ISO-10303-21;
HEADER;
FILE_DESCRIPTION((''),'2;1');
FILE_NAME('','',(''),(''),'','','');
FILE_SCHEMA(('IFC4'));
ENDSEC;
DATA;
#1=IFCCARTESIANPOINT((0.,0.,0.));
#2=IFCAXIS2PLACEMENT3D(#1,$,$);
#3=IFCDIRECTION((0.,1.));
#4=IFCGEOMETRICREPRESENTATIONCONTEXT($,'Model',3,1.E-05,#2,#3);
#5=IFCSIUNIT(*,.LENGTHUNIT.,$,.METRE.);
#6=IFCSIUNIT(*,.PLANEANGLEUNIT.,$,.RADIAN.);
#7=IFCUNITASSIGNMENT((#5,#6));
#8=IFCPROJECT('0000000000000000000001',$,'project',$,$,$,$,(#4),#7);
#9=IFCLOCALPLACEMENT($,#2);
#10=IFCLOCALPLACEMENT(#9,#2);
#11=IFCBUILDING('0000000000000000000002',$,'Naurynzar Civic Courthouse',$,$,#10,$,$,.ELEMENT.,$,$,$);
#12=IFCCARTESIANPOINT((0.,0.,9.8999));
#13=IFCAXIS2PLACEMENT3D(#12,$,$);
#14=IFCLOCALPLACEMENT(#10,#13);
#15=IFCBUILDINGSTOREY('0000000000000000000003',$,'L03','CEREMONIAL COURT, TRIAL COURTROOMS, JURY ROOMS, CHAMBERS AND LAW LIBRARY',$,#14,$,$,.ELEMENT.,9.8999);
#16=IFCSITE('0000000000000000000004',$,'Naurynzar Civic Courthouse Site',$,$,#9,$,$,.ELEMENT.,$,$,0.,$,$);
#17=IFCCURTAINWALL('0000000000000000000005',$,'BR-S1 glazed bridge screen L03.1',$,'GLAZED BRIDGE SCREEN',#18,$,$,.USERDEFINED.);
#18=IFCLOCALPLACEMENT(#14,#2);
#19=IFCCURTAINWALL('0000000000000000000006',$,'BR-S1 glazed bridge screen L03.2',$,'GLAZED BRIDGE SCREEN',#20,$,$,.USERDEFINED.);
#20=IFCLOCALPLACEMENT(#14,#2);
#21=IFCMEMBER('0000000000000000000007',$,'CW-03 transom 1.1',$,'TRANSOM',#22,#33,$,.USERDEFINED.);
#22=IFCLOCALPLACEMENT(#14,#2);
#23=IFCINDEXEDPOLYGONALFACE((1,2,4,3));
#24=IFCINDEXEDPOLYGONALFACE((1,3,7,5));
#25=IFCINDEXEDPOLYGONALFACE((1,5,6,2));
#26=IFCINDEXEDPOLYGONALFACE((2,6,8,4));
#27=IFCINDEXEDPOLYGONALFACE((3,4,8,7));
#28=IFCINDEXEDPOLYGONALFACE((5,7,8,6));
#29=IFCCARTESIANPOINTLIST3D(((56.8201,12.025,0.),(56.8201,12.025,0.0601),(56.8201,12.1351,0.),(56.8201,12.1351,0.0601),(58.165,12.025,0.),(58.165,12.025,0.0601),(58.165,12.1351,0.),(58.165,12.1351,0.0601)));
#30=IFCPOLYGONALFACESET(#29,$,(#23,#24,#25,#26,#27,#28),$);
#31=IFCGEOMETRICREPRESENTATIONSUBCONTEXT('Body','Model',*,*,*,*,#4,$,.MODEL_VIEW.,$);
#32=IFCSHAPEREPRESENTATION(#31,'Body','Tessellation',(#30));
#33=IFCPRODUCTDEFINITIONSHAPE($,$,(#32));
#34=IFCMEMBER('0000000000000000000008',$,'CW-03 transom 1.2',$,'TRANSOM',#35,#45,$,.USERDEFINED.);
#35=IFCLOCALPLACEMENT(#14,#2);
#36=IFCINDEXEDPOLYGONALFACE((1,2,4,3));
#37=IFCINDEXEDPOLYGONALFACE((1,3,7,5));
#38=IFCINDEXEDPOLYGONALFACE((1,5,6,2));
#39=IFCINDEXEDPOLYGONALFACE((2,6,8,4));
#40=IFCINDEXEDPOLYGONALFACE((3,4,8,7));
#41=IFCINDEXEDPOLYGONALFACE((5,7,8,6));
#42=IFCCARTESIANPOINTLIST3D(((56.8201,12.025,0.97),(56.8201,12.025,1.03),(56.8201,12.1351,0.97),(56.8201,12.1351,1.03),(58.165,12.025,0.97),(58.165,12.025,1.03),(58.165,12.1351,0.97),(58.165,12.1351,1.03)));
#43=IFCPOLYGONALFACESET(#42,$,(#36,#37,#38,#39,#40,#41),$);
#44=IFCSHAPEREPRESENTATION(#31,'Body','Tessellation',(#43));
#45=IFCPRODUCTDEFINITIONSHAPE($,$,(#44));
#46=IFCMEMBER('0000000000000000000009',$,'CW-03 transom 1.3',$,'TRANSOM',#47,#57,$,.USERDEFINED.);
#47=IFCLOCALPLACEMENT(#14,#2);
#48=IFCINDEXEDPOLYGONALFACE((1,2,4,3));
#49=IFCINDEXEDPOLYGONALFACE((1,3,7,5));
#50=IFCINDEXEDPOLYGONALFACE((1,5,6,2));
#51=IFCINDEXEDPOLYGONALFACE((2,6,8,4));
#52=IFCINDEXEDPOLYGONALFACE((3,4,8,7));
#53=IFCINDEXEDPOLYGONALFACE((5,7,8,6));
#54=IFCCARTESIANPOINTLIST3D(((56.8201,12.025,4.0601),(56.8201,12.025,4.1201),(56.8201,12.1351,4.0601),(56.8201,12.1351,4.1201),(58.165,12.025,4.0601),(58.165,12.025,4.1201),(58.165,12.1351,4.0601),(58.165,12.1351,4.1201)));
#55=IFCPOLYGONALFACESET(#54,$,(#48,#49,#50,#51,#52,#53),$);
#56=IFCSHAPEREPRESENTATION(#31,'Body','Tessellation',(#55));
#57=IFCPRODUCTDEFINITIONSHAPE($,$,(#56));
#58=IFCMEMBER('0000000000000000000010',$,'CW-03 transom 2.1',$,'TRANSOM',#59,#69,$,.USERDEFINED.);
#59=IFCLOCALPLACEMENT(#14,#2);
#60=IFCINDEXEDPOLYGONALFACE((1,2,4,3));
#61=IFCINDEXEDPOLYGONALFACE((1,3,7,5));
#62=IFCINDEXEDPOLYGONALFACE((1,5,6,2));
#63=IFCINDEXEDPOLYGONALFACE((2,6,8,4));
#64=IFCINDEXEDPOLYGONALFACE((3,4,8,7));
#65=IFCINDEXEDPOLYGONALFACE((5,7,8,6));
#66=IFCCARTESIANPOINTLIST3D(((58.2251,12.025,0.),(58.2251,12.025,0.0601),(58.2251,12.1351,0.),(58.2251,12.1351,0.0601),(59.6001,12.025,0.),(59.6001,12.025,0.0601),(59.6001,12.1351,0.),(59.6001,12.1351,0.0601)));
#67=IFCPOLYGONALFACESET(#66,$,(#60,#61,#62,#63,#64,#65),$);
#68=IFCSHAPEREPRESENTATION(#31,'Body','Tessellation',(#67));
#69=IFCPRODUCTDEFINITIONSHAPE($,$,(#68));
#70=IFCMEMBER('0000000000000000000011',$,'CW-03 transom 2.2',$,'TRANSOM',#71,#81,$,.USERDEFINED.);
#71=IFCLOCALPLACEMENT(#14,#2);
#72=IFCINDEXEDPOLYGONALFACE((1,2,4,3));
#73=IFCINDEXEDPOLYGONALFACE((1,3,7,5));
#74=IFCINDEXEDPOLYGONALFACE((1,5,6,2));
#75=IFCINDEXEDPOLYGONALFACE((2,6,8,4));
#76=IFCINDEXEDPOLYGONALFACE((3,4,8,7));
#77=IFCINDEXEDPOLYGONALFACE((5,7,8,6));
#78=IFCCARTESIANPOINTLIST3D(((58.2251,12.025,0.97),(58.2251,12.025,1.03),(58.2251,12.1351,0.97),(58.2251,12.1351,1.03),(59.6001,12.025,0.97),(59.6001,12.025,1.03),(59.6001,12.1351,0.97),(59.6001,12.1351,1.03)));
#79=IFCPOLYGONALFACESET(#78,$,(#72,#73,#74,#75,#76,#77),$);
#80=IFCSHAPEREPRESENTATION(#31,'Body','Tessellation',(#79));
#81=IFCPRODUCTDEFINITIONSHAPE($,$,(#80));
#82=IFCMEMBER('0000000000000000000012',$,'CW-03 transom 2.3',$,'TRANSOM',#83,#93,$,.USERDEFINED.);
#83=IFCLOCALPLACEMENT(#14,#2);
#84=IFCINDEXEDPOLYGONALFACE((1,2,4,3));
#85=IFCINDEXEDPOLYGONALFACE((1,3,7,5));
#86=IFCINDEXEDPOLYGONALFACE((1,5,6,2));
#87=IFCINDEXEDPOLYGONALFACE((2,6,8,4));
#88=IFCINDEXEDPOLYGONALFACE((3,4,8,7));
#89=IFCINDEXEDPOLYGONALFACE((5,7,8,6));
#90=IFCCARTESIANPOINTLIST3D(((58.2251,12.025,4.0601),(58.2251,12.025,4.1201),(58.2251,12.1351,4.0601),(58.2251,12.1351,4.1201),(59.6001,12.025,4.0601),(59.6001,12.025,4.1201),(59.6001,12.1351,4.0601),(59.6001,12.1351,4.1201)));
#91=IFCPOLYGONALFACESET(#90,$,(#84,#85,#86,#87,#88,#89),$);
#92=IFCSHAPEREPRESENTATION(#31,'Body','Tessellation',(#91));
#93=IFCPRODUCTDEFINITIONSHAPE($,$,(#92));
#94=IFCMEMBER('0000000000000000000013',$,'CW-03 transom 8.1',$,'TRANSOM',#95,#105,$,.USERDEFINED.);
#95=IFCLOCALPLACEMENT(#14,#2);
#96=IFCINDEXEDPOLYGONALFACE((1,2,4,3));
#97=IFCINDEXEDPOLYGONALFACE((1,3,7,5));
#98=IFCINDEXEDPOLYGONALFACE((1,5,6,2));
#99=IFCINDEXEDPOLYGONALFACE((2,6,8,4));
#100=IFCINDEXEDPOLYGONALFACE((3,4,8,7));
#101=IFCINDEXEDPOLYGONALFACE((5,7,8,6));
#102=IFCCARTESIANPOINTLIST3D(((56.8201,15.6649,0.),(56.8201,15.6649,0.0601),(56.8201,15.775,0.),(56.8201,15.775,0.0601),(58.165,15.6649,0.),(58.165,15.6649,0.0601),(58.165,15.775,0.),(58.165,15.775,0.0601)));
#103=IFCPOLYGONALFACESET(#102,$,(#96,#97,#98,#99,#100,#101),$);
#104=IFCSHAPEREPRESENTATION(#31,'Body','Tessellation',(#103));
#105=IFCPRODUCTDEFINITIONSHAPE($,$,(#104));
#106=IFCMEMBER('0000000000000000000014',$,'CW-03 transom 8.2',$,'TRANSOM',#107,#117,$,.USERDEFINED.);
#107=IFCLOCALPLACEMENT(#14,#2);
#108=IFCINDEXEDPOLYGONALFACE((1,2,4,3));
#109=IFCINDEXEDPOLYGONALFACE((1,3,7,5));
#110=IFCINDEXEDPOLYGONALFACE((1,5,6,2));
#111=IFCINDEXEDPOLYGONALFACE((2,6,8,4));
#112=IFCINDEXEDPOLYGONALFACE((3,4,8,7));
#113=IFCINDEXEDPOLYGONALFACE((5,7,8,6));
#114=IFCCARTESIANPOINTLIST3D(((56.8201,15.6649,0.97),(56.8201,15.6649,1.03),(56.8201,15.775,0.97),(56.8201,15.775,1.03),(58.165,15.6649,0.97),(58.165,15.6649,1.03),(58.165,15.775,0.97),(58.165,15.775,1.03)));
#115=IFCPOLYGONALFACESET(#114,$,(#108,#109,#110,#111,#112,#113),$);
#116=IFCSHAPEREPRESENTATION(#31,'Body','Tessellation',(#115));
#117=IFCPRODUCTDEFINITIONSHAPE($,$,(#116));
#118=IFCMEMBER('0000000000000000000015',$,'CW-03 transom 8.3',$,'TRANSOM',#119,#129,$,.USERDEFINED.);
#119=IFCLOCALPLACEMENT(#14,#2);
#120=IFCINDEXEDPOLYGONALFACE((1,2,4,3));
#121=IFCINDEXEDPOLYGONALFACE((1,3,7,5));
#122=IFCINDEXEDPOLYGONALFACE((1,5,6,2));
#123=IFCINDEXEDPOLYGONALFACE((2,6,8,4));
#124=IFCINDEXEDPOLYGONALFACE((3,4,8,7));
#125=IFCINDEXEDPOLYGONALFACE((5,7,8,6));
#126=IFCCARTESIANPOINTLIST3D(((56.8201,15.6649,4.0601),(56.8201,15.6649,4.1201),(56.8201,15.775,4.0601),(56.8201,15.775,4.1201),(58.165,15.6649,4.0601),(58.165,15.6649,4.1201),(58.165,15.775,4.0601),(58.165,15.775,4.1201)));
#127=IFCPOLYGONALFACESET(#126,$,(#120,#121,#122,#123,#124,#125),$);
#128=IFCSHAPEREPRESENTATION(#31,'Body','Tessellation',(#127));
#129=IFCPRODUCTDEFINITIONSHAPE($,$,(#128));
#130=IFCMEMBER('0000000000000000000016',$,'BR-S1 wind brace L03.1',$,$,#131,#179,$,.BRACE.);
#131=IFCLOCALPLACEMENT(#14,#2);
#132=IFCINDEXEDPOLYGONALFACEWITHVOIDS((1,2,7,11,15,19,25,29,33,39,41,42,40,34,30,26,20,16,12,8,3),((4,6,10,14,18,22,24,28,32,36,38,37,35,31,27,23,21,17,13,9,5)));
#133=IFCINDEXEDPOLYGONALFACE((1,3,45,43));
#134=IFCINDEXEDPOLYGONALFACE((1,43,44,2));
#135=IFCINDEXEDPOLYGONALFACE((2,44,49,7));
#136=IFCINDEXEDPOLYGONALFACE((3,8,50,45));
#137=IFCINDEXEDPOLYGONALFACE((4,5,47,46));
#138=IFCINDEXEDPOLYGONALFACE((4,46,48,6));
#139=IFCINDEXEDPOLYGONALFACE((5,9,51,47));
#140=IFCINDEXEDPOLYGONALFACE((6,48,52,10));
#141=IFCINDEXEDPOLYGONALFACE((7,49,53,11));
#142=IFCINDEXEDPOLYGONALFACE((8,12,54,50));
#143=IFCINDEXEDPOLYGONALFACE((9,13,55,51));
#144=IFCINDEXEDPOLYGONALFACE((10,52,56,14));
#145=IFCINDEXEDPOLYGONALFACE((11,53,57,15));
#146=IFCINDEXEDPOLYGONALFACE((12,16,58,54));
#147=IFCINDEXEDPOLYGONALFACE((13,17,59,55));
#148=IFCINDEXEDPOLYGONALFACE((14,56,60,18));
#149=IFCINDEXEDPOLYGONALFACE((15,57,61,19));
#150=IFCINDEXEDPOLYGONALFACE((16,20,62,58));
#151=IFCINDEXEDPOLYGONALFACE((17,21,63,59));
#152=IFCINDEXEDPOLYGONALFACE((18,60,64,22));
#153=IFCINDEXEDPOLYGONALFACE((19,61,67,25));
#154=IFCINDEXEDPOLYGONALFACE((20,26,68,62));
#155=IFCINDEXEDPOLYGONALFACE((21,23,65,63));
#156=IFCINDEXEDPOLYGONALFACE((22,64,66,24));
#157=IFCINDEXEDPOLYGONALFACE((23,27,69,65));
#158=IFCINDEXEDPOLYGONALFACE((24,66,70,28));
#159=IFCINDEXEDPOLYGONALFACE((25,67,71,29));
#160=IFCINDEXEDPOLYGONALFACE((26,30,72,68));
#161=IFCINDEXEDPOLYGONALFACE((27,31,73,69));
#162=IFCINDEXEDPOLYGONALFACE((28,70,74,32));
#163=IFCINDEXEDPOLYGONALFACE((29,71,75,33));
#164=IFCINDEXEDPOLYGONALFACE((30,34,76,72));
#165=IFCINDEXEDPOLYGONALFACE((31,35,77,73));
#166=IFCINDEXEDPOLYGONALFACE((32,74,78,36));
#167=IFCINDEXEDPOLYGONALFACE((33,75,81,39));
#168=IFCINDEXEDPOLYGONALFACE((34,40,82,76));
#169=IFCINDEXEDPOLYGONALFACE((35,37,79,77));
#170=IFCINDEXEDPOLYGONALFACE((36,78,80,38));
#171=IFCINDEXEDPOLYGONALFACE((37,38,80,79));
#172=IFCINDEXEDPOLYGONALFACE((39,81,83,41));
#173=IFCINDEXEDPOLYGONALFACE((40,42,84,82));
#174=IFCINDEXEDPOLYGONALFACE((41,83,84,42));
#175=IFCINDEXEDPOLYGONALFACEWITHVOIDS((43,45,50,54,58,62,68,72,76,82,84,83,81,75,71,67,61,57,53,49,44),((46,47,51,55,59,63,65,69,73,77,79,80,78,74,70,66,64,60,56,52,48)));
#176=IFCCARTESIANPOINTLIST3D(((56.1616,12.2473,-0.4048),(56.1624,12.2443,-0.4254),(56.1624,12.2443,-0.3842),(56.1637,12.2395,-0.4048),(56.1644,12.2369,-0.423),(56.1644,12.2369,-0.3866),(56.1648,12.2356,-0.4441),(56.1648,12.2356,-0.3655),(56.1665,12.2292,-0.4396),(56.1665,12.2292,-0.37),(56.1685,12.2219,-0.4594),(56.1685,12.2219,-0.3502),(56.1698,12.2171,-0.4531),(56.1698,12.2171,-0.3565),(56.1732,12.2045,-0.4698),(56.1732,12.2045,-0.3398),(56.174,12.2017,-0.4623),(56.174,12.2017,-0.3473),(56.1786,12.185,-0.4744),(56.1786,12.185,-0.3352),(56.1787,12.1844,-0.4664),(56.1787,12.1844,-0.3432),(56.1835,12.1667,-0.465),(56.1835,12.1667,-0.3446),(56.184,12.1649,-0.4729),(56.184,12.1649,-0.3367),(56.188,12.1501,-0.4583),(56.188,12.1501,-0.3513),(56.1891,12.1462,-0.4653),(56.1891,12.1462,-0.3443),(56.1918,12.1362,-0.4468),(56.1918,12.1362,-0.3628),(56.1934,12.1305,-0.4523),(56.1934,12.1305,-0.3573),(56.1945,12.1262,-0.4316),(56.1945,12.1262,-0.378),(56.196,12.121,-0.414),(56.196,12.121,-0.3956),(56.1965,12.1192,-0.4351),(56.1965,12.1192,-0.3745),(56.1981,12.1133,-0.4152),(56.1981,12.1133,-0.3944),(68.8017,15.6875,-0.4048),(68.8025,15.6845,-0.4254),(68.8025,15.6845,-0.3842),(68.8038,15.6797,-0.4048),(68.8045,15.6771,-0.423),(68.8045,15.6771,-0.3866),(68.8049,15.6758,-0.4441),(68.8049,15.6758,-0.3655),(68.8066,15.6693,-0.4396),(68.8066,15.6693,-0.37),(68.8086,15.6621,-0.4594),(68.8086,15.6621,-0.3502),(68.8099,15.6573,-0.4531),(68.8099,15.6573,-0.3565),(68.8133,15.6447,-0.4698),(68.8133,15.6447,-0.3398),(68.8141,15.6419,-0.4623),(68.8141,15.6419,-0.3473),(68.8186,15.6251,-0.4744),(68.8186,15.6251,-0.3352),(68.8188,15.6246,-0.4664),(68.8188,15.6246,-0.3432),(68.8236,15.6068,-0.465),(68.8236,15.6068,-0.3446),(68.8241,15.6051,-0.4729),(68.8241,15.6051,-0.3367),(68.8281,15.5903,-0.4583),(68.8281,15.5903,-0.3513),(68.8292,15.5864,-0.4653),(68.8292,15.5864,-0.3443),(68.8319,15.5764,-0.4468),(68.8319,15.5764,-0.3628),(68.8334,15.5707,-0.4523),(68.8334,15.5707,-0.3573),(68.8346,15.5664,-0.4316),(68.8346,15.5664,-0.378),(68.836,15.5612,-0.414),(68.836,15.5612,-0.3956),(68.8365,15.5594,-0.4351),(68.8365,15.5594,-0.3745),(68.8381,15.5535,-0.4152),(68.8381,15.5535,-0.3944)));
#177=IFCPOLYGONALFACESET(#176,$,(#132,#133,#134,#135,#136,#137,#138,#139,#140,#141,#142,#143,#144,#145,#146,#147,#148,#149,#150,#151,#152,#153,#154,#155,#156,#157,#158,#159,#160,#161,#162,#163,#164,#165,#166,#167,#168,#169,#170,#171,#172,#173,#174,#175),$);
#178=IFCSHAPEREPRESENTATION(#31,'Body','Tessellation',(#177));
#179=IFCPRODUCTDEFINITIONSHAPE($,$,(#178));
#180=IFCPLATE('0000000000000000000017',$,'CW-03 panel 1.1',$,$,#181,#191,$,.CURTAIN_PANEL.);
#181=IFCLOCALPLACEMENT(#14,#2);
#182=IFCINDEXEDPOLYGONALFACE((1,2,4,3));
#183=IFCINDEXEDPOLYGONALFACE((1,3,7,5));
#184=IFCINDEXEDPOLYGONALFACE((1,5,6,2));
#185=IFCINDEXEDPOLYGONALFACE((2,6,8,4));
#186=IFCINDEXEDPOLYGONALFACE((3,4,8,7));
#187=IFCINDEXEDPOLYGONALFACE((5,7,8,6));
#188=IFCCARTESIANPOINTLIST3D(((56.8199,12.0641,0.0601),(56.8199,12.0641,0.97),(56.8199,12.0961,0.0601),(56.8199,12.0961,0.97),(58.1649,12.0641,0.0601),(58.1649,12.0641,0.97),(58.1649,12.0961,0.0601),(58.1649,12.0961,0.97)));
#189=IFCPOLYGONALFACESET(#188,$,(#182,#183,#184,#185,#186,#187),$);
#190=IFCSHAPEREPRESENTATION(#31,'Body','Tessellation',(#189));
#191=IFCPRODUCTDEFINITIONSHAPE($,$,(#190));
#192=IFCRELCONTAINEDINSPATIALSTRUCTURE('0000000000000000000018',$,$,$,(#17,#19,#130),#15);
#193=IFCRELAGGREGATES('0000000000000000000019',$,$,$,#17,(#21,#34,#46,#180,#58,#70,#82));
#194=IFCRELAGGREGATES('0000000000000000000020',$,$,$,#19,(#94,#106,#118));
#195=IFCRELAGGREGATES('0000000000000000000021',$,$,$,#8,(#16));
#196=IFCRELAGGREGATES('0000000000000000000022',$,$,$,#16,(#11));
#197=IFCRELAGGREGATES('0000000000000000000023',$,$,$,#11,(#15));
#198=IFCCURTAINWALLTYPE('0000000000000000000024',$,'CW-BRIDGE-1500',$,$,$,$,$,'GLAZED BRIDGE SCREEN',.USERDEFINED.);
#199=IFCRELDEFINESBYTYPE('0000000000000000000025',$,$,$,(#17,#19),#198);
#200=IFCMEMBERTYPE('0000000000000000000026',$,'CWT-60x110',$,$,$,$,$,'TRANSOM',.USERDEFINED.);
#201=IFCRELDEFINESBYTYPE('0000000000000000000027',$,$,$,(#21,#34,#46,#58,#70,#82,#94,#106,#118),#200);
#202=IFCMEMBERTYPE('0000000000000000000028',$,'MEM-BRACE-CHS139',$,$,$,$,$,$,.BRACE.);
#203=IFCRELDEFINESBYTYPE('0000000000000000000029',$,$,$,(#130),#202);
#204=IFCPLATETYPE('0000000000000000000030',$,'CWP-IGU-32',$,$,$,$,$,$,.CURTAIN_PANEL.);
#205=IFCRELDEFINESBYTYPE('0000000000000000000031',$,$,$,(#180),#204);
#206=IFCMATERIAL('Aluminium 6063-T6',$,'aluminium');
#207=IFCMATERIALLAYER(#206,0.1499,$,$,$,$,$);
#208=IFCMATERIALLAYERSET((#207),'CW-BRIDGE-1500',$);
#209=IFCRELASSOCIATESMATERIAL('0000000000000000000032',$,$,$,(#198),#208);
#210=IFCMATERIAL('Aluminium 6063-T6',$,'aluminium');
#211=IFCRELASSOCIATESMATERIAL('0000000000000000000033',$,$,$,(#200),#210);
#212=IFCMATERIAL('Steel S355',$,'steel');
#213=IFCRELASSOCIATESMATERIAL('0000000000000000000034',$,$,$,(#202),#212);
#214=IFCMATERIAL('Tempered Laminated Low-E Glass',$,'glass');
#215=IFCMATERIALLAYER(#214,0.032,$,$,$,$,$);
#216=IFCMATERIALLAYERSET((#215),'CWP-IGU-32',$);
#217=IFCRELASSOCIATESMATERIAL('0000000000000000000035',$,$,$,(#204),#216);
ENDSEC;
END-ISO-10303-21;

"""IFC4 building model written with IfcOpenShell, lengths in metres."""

from ifc_helpers import new_model, si_unit, direction, frame, origin, origin_2d, place, context, subcontext, project, spatial, rectangle, hollow_circle, extrude, material, layer, layer_set, material_profile, profile_set, type_object, element, aggregate, save


model = new_model("IFC4")

# Units and contexts
model_context = context("Model", 3, precision=1e-05, world=origin(), true_north=direction((0.0, 1.0)))
body_context = subcontext(model_context, "Body", "Model", "MODEL_VIEW")
ifc_project = project(units=[si_unit("LENGTHUNIT", "METRE"), si_unit("PLANEANGLEUNIT", "RADIAN")], contexts=[model_context])

# Site, building, storey
site_placement = place(None, origin())
site = spatial("IfcSite", under=ifc_project, at=site_placement, Name="Naurynzar Civic Courthouse Site", CompositionType="ELEMENT", RefElevation=0.0)
building_placement = place(site_placement, origin())
building = spatial("IfcBuilding", under=site, at=building_placement, Name="Naurynzar Civic Courthouse", CompositionType="ELEMENT")
storey_placement = place(building_placement, frame((0.0, 0.0, 9.8999)))
storey = spatial("IfcBuildingStorey", under=building, at=storey_placement, Name="L03", Description="CEREMONIAL COURT, TRIAL COURTROOMS, JURY ROOMS, CHAMBERS AND LAW LIBRARY", CompositionType="ELEMENT", Elevation=9.8999)

# Curtain walls
ifc_material_1 = material(Name="Aluminium 6063-T6", Category="aluminium")
ifc_layer_1 = layer(ifc_material_1, 0.1499)
ifc_layer_set_1 = layer_set([ifc_layer_1], Name="CW-BRIDGE-1500")
curtain_wall_type = type_object("IfcCurtainWallType", Name="CW-BRIDGE-1500", ElementType="GLAZED BRIDGE SCREEN", PredefinedType="USERDEFINED", material=ifc_layer_set_1)
curtain_wall_1_placement = place(storey_placement, origin())
curtain_wall_1 = element("IfcCurtainWall", 1, at=curtain_wall_1_placement, inside=storey, type_object=curtain_wall_type, Name="BR-S1 glazed bridge screen L03.1", ObjectType="GLAZED BRIDGE SCREEN", PredefinedType="USERDEFINED")
curtain_wall_2_placement = place(storey_placement, origin())
curtain_wall_2 = element("IfcCurtainWall", 2, at=curtain_wall_2_placement, inside=storey, type_object=curtain_wall_type, Name="BR-S1 glazed bridge screen L03.2", ObjectType="GLAZED BRIDGE SCREEN", PredefinedType="USERDEFINED")

# Members
ifc_material_2 = material(Name="Aluminium 6063-T6", Category="aluminium")
ifc_material_profile_1 = material_profile(ifc_material_2, rectangle(XDim=0.1101, YDim=0.0601, at=origin_2d()), Name="ALU TRANSOM 60x110")
ifc_profile_set_1 = profile_set([ifc_material_profile_1], Name="Aluminium 6063-T6")
member_type_1 = type_object("IfcMemberType", Name="CWT-60x110", ElementType="TRANSOM", PredefinedType="USERDEFINED", material=ifc_profile_set_1)
member_1_placement = place(storey_placement, frame((56.8201, 12.0801, 0.03), z_axis=(1.0, 0.0, 0.0), x_axis=(0.0, 1.0, 0.0)))
member_1 = element("IfcMember", 3, at=member_1_placement, type_object=member_type_1, Name="CW-03 transom 1.1", ObjectType="TRANSOM", PredefinedType="USERDEFINED", context=body_context, shape_type="SweptSolid", body=[
    extrude(rectangle(XDim=0.1101, YDim=0.0601, at=origin_2d()), origin(), (0.0, 0.0, 1.0), 1.345),
])
member_2_placement = place(storey_placement, frame((56.8201, 12.0801, 1.0), z_axis=(1.0, 0.0, 0.0), x_axis=(0.0, 1.0, 0.0)))
member_2 = element("IfcMember", 4, at=member_2_placement, type_object=member_type_1, Name="CW-03 transom 1.2", ObjectType="TRANSOM", PredefinedType="USERDEFINED", context=body_context, shape_type="SweptSolid", body=[
    extrude(rectangle(XDim=0.1101, YDim=0.0601, at=origin_2d()), origin(), (0.0, 0.0, 1.0), 1.345),
])
member_3_placement = place(storey_placement, frame((56.8201, 12.0801, 4.0901), z_axis=(1.0, 0.0, 0.0), x_axis=(0.0, 1.0, 0.0)))
member_3 = element("IfcMember", 5, at=member_3_placement, type_object=member_type_1, Name="CW-03 transom 1.3", ObjectType="TRANSOM", PredefinedType="USERDEFINED", context=body_context, shape_type="SweptSolid", body=[
    extrude(rectangle(XDim=0.1101, YDim=0.0601, at=origin_2d()), origin(), (0.0, 0.0, 1.0), 1.345),
])
member_4_placement = place(storey_placement, frame((58.2251, 12.0801, 0.03), z_axis=(1.0, 0.0, 0.0), x_axis=(0.0, 1.0, 0.0)))
member_4 = element("IfcMember", 6, at=member_4_placement, type_object=member_type_1, Name="CW-03 transom 2.1", ObjectType="TRANSOM", PredefinedType="USERDEFINED", context=body_context, shape_type="SweptSolid", body=[
    extrude(rectangle(XDim=0.1101, YDim=0.0601, at=origin_2d()), origin(), (0.0, 0.0, 1.0), 1.375),
])
member_5_placement = place(storey_placement, frame((58.2251, 12.0801, 1.0), z_axis=(1.0, 0.0, 0.0), x_axis=(0.0, 1.0, 0.0)))
member_5 = element("IfcMember", 7, at=member_5_placement, type_object=member_type_1, Name="CW-03 transom 2.2", ObjectType="TRANSOM", PredefinedType="USERDEFINED", context=body_context, shape_type="SweptSolid", body=[
    extrude(rectangle(XDim=0.1101, YDim=0.0601, at=origin_2d()), origin(), (0.0, 0.0, 1.0), 1.375),
])
member_6_placement = place(storey_placement, frame((58.2251, 12.0801, 4.0901), z_axis=(1.0, 0.0, 0.0), x_axis=(0.0, 1.0, 0.0)))
member_6 = element("IfcMember", 8, at=member_6_placement, type_object=member_type_1, Name="CW-03 transom 2.3", ObjectType="TRANSOM", PredefinedType="USERDEFINED", context=body_context, shape_type="SweptSolid", body=[
    extrude(rectangle(XDim=0.1101, YDim=0.0601, at=origin_2d()), origin(), (0.0, 0.0, 1.0), 1.375),
])
member_7_placement = place(storey_placement, frame((58.165, 15.72, 0.03), z_axis=(-1.0, 0.0, 0.0), x_axis=(0.0, -1.0, 0.0)))
member_7 = element("IfcMember", 9, at=member_7_placement, type_object=member_type_1, Name="CW-03 transom 8.1", ObjectType="TRANSOM", PredefinedType="USERDEFINED", context=body_context, shape_type="SweptSolid", body=[
    extrude(rectangle(XDim=0.1101, YDim=0.0601, at=origin_2d()), origin(), (0.0, 0.0, 1.0), 1.345),
])
member_8_placement = place(storey_placement, frame((58.165, 15.72, 1.0), z_axis=(-1.0, 0.0, 0.0), x_axis=(0.0, -1.0, 0.0)))
member_8 = element("IfcMember", 10, at=member_8_placement, type_object=member_type_1, Name="CW-03 transom 8.2", ObjectType="TRANSOM", PredefinedType="USERDEFINED", context=body_context, shape_type="SweptSolid", body=[
    extrude(rectangle(XDim=0.1101, YDim=0.0601, at=origin_2d()), origin(), (0.0, 0.0, 1.0), 1.345),
])
member_9_placement = place(storey_placement, frame((58.165, 15.72, 4.0901), z_axis=(-1.0, 0.0, 0.0), x_axis=(0.0, -1.0, 0.0)))
member_9 = element("IfcMember", 11, at=member_9_placement, type_object=member_type_1, Name="CW-03 transom 8.3", ObjectType="TRANSOM", PredefinedType="USERDEFINED", context=body_context, shape_type="SweptSolid", body=[
    extrude(rectangle(XDim=0.1101, YDim=0.0601, at=origin_2d()), origin(), (0.0, 0.0, 1.0), 1.345),
])
ifc_material_3 = material(Name="Steel S355", Category="steel")
ifc_material_profile_2 = material_profile(ifc_material_3, hollow_circle(Radius=0.0698, WallThickness=0.0081, at=origin_2d()), Name="CHS 139.7x8")
ifc_profile_set_2 = profile_set([ifc_material_profile_2], Name="Steel S355")
member_type_2 = type_object("IfcMemberType", Name="MEM-BRACE-CHS139", PredefinedType="BRACE", material=ifc_profile_set_2)
member_10_placement = place(storey_placement, frame((56.1799, 12.1799, -0.4048), z_axis=(0.964902, 0.262611, 0.0), x_axis=(-0.262611, 0.964902, 0.0)))
element("IfcMember", 12, at=member_10_placement, inside=storey, type_object=member_type_2, Name="BR-S1 wind brace L03.1", PredefinedType="BRACE", context=body_context, shape_type="SweptSolid", body=[
    extrude(hollow_circle(Radius=0.0698, WallThickness=0.0081, at=origin_2d()), origin(), (0.0, 0.0, 1.0), 13.0999),
])

# Plate
ifc_material_4 = material(Name="Tempered Laminated Low-E Glass", Category="glass")
ifc_layer_2 = layer(ifc_material_4, 0.032)
ifc_layer_set_2 = layer_set([ifc_layer_2], Name="CWP-IGU-32")
plate_type_1 = type_object("IfcPlateType", Name="CWP-IGU-32", PredefinedType="CURTAIN_PANEL", material=ifc_layer_set_2)
plate_1_placement = place(storey_placement, frame((57.4924, 12.0801, 0.0601), z_axis=(0.0, 0.0, 1.0), x_axis=(1.0, 0.0, 0.0)))
plate_1 = element("IfcPlate", 13, at=plate_1_placement, type_object=plate_type_1, Name="CW-03 panel 1.1", PredefinedType="CURTAIN_PANEL", context=body_context, shape_type="SweptSolid", body=[
    extrude(rectangle(XDim=1.345, YDim=0.032, at=origin_2d()), origin(), (0.0, 0.0, 1.0), 0.9099),
])
aggregate(curtain_wall_1, [member_1, member_2, member_3, plate_1, member_4, member_5, member_6])
aggregate(curtain_wall_2, [member_7, member_8, member_9])

save(model, "model.ifc")
